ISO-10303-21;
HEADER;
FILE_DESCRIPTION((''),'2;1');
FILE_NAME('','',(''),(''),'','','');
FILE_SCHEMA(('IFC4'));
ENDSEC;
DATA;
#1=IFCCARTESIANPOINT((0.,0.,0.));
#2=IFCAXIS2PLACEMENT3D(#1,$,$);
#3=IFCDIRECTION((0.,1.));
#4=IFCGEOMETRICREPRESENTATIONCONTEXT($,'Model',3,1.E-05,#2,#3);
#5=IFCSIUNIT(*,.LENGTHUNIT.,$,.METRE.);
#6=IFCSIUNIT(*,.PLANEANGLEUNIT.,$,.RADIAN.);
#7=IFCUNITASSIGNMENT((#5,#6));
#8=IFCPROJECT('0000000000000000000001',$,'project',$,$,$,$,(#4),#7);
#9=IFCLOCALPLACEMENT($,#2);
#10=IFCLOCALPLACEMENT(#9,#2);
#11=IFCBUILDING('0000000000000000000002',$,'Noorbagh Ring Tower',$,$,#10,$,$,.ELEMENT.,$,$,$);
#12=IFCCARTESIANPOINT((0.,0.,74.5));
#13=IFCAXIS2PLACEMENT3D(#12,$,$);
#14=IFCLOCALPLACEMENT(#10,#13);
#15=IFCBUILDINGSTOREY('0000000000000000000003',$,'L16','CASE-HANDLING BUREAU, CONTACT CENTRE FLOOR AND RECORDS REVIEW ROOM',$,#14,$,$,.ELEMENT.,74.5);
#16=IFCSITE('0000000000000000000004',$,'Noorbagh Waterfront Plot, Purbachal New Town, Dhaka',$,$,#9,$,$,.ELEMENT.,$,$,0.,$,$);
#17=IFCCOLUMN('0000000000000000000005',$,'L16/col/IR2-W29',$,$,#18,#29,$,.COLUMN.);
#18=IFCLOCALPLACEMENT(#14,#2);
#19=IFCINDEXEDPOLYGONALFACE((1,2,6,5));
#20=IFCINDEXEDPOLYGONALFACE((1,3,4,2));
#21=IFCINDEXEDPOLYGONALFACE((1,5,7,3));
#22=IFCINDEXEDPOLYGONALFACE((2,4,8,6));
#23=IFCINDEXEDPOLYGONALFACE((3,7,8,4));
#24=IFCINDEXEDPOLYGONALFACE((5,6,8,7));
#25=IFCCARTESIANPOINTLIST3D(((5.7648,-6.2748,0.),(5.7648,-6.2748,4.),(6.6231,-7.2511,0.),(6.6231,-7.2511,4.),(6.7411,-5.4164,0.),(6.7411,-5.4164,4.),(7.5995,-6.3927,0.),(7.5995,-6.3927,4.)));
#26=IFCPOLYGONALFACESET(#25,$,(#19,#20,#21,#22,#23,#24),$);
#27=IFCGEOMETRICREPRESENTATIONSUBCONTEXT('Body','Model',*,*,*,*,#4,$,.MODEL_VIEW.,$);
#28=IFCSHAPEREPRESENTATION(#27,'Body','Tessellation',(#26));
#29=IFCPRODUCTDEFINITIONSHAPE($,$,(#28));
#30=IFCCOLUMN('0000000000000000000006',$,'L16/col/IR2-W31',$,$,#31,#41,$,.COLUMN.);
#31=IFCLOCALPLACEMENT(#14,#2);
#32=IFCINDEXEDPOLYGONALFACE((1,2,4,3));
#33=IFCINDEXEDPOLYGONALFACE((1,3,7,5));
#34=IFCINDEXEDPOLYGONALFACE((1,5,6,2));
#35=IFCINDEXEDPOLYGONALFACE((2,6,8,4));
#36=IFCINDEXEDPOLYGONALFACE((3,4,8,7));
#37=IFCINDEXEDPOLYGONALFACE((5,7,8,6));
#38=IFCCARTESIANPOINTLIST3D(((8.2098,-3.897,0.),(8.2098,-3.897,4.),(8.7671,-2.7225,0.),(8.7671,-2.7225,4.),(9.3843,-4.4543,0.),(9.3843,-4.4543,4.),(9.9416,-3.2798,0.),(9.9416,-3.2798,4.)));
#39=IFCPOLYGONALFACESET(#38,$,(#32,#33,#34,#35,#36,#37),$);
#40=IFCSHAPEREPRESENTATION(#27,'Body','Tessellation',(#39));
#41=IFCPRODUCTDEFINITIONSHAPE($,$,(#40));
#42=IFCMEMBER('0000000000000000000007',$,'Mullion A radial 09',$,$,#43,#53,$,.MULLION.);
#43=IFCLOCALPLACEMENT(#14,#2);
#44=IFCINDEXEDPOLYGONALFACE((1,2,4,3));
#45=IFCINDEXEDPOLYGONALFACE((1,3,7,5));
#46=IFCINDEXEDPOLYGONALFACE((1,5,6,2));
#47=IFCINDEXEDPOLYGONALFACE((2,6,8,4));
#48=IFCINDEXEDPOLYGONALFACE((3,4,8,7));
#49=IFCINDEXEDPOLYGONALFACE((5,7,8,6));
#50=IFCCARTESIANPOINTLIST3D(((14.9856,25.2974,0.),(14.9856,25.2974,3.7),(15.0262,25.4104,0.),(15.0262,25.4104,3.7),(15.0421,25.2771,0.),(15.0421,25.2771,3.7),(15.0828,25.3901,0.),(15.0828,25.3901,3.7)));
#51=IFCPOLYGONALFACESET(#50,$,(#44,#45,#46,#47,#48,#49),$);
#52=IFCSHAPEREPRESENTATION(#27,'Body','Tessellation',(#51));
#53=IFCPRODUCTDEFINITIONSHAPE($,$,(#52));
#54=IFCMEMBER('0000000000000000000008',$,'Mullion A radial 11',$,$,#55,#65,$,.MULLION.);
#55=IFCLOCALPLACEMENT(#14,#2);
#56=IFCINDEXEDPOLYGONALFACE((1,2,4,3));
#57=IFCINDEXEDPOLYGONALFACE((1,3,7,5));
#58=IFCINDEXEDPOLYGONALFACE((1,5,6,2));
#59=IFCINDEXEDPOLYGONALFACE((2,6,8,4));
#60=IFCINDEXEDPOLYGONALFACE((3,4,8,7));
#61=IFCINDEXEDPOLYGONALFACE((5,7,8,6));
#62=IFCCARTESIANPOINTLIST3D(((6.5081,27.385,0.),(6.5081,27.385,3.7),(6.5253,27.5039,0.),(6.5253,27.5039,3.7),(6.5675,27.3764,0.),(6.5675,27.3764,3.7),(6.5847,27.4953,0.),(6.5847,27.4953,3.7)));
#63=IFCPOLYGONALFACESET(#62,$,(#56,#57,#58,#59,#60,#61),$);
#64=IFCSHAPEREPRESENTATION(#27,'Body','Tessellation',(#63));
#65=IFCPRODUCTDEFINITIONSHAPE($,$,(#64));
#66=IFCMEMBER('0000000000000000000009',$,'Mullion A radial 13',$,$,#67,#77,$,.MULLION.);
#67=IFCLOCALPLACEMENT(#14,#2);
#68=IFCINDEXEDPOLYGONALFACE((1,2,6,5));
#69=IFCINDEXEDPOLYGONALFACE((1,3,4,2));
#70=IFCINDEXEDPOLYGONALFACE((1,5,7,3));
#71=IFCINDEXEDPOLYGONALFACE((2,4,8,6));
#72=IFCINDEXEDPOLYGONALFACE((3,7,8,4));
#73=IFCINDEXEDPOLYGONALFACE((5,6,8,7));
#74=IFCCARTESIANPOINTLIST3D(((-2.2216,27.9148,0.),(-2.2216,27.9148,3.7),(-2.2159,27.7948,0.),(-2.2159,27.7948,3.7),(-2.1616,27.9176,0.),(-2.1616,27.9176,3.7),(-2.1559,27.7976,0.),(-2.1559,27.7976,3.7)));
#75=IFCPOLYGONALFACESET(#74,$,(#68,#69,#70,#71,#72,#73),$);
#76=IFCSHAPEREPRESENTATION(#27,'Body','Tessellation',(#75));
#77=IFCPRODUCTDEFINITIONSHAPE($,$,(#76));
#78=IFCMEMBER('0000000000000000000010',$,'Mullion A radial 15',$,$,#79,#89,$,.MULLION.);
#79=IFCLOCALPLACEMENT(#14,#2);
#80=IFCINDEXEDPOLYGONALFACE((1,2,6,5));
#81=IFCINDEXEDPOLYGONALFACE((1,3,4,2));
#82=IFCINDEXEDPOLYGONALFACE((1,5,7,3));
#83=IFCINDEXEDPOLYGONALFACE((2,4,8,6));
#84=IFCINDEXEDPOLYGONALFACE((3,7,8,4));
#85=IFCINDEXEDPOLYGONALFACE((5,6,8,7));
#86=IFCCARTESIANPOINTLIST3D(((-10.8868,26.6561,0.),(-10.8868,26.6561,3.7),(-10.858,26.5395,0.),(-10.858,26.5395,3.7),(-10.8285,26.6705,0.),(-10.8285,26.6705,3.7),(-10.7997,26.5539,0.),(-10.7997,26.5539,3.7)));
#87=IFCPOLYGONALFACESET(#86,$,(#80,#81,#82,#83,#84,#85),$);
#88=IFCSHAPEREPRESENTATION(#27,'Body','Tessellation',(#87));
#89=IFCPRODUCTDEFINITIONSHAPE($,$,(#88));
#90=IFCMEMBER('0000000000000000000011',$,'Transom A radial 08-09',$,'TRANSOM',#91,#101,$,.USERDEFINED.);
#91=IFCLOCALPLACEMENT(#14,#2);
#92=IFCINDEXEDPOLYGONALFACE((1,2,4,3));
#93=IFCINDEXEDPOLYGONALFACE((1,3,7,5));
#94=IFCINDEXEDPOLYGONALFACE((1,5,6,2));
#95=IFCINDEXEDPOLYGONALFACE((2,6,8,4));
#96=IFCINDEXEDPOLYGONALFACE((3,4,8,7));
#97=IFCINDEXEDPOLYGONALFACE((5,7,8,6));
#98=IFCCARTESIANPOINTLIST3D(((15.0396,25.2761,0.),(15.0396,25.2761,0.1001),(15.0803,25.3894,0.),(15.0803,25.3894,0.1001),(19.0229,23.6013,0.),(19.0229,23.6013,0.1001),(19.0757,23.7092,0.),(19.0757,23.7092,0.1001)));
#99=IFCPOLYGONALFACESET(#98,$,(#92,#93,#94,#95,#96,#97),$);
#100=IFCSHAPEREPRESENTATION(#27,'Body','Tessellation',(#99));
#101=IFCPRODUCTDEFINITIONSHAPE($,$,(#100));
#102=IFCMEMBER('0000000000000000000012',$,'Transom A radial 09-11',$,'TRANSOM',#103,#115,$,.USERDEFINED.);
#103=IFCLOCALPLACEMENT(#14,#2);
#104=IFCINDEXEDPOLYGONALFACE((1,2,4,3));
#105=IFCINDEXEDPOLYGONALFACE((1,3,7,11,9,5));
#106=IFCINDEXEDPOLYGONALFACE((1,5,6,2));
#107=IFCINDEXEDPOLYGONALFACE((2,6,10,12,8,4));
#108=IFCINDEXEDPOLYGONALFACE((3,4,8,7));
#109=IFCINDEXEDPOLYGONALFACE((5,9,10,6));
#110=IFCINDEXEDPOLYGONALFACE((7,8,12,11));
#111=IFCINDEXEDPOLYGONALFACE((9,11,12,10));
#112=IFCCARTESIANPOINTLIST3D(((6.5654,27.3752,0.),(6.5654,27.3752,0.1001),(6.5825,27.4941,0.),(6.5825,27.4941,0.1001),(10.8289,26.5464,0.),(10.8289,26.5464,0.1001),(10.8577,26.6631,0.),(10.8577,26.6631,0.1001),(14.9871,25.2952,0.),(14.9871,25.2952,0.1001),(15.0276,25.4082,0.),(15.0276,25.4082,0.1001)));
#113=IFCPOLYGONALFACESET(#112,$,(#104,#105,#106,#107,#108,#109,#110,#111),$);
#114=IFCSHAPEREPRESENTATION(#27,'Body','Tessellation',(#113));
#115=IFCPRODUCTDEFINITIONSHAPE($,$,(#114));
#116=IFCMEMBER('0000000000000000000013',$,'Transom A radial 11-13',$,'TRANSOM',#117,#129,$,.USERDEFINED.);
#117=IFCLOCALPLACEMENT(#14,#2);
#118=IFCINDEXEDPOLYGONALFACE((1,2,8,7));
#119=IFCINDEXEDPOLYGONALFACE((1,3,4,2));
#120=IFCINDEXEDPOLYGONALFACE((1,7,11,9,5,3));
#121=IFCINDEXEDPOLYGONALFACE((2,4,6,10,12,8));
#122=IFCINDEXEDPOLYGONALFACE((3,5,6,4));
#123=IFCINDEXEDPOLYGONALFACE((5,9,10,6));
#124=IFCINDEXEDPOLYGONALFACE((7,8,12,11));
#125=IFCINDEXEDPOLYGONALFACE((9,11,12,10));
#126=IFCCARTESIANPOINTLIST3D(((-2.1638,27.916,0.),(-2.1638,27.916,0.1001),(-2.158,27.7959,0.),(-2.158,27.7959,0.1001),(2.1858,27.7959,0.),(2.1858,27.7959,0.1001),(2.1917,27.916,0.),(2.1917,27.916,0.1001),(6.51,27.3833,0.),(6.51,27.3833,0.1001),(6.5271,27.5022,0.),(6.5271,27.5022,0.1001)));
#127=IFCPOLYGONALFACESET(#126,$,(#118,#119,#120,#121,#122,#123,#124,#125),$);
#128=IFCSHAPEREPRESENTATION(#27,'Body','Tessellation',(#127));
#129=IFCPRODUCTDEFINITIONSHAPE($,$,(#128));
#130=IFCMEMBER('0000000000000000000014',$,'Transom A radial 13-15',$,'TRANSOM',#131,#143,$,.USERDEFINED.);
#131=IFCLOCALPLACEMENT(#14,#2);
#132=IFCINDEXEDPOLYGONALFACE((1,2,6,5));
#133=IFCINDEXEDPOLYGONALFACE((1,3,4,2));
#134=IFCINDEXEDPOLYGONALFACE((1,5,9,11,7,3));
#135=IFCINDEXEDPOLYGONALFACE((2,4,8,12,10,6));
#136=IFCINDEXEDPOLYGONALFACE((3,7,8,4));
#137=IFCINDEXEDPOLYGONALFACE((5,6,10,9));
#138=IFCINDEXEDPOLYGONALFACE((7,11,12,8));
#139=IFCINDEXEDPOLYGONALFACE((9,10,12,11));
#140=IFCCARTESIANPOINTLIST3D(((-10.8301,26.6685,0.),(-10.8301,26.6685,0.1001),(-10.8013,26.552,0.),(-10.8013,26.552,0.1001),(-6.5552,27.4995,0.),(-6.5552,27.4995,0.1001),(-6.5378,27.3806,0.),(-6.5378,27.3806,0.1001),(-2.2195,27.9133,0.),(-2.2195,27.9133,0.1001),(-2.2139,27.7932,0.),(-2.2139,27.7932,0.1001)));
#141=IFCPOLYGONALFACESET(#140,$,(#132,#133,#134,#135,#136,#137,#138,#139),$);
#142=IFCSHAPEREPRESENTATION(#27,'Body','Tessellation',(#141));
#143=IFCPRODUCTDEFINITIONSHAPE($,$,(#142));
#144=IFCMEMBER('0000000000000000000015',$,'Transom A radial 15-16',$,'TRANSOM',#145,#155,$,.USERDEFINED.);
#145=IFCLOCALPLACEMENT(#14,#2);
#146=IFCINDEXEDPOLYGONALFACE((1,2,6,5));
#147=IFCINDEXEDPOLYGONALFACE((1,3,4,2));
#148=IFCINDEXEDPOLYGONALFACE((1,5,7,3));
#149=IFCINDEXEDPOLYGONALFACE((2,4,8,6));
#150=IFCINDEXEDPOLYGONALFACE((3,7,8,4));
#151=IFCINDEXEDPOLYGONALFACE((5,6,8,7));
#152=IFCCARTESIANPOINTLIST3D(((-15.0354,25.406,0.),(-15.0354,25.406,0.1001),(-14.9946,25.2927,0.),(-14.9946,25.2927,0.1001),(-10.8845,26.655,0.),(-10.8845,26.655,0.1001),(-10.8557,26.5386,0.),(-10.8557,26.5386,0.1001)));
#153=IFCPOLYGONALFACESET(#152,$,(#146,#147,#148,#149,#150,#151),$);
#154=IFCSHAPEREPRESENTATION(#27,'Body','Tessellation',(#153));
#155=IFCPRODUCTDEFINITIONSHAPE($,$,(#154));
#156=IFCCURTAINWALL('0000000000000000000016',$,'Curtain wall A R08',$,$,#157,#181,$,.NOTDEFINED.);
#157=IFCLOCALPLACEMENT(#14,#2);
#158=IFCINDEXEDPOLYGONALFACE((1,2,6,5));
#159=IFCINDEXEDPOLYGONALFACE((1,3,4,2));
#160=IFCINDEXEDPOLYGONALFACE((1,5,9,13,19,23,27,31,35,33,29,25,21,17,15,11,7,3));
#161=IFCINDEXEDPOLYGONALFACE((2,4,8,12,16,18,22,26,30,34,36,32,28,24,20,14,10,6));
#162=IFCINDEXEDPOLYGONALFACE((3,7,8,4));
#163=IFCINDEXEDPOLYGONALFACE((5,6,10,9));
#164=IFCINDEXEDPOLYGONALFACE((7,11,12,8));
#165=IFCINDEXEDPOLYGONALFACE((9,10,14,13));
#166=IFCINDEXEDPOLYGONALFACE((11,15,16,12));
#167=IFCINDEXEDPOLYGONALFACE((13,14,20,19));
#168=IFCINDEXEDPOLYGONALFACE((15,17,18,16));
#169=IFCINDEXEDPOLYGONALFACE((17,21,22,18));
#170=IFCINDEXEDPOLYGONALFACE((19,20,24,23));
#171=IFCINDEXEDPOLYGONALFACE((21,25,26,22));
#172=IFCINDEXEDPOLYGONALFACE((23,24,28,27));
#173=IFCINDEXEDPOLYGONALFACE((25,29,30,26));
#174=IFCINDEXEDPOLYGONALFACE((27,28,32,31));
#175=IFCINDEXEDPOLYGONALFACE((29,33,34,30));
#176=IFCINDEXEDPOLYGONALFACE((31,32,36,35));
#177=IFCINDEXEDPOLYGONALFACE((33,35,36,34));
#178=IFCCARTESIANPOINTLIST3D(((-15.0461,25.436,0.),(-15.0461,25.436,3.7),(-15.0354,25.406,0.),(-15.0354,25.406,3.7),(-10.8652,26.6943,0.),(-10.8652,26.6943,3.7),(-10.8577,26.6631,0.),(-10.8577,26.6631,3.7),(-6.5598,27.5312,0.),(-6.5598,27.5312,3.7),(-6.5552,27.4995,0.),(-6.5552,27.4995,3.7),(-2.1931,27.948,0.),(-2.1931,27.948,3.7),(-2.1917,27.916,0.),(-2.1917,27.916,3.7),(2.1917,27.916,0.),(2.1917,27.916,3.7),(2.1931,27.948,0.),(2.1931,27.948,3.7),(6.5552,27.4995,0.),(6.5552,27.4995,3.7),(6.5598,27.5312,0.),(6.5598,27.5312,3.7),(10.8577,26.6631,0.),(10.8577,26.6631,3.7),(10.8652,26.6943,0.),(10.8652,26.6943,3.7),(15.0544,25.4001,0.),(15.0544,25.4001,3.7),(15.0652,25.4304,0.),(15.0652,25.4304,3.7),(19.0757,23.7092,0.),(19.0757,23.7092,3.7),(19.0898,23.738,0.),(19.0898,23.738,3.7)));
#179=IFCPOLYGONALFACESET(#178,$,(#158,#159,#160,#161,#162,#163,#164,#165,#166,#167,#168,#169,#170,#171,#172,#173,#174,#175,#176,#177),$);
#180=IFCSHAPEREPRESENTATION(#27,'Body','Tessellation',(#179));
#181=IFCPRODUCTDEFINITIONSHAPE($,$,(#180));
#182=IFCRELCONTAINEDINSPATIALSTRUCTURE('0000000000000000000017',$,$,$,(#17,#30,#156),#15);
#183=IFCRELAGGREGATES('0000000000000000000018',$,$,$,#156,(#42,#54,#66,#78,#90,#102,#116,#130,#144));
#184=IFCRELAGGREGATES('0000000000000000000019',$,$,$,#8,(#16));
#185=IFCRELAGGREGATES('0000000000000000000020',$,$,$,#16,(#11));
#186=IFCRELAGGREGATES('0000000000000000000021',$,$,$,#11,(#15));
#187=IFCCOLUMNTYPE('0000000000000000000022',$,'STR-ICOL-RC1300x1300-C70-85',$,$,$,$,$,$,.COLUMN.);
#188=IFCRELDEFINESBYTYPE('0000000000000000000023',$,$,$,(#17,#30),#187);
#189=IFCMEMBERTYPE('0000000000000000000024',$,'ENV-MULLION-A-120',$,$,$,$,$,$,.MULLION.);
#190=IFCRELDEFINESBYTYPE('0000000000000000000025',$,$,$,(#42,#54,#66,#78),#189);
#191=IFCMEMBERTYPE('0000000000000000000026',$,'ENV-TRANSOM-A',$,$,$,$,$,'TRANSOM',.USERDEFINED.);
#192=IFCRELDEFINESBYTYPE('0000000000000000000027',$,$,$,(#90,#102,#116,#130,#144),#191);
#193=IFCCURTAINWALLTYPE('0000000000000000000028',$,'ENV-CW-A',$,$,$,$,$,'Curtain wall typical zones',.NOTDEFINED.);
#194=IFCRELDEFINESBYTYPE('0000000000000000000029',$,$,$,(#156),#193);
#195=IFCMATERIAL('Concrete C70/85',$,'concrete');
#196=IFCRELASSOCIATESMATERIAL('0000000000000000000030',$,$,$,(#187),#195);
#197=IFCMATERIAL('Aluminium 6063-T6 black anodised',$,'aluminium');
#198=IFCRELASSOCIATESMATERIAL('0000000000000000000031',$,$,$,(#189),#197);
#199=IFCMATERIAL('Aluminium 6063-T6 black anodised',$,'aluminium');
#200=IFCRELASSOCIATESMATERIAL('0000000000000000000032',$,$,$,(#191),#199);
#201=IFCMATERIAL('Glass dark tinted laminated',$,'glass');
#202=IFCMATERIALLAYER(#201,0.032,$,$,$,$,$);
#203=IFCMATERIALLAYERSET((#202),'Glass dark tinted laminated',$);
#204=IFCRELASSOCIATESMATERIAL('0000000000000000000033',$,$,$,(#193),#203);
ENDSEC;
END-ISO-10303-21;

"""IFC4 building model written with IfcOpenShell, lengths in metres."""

from ifc_helpers import new_model, si_unit, direction, frame, origin, origin_2d, place, context, subcontext, project, spatial, polyline, rectangle, outline, extrude, material, layer, layer_set, material_profile, profile_set, type_object, element, aggregate, save


model = new_model("IFC4")

# Units and contexts
model_context = context("Model", 3, precision=1e-05, world=origin(), true_north=direction((0.0, 1.0)))
body_context = subcontext(model_context, "Body", "Model", "MODEL_VIEW")
ifc_project = project(units=[si_unit("LENGTHUNIT", "METRE"), si_unit("PLANEANGLEUNIT", "RADIAN")], contexts=[model_context])

# Site, building, storey
site_placement = place(None, origin())
site = spatial("IfcSite", under=ifc_project, at=site_placement, Name="Noorbagh Waterfront Plot, Purbachal New Town, Dhaka", CompositionType="ELEMENT", RefElevation=0.0)
building_placement = place(site_placement, origin())
building = spatial("IfcBuilding", under=site, at=building_placement, Name="Noorbagh Ring Tower", CompositionType="ELEMENT")
storey_placement = place(building_placement, frame((0.0, 0.0, 74.5)))
storey = spatial("IfcBuildingStorey", under=building, at=storey_placement, Name="L16", Description="CASE-HANDLING BUREAU, CONTACT CENTRE FLOOR AND RECORDS REVIEW ROOM", CompositionType="ELEMENT", Elevation=74.5)

# Columns
ifc_material_1 = material(Name="Concrete C70/85", Category="concrete")
ifc_material_profile_1 = material_profile(ifc_material_1, rectangle(XDim=1.3, YDim=1.3, at=origin_2d()), Name="RC1300x1300")
ifc_profile_set_1 = profile_set([ifc_material_profile_1], Name="Concrete C70/85")
column_type = type_object("IfcColumnType", Name="STR-ICOL-RC1300x1300-C70-85", PredefinedType="COLUMN", material=ifc_profile_set_1)
for number, where, z_axis, x_axis, name in (
    (1, (6.6821, -6.3337, 0.0), (0.0, 0.0, 1.0), (0.751022, 0.660277, 0.0), "L16/col/IR2-W29"),
    (2, (9.0757, -3.5884, 0.0), (0.0, 0.0, 1.0), (0.428667, 0.903463, 0.0), "L16/col/IR2-W31"),
):
    element("IfcColumn", number, at=place(storey_placement, frame(where, z_axis=z_axis, x_axis=x_axis)), inside=storey, type_object=column_type, Name=name, PredefinedType="COLUMN", context=body_context, shape_type="SweptSolid", body=[
        extrude(rectangle(XDim=1.3, YDim=1.3, at=origin_2d()), origin(), (0.0, 0.0, 1.0), 4.0),
    ])

# Members
ifc_material_2 = material(Name="Aluminium 6063-T6 black anodised", Category="aluminium")
ifc_material_profile_2 = material_profile(ifc_material_2, rectangle(XDim=0.1201, YDim=0.0601, at=origin_2d()), Name="120x60")
ifc_profile_set_2 = profile_set([ifc_material_profile_2], Name="Aluminium 6063-T6 black anodised")
member_type_1 = type_object("IfcMemberType", Name="ENV-MULLION-A-120", PredefinedType="MULLION", material=ifc_profile_set_2)
member_1_placement = place(storey_placement, frame((15.0342, 25.3438, 0.0), z_axis=(0.0, 0.0, 1.0), x_axis=(-0.338379, -0.94101, 0.0)))
member_1 = element("IfcMember", 3, at=member_1_placement, type_object=member_type_1, Name="Mullion A radial 09", PredefinedType="MULLION", context=body_context, shape_type="SweptSolid", body=[
    extrude(rectangle(XDim=0.1201, YDim=0.0601, at=origin_2d()), origin(), (0.0, 0.0, 1.0), 3.7),
])
member_2_placement = place(storey_placement, frame((6.5464, 27.4402, 0.0), z_axis=(0.0, 0.0, 1.0), x_axis=(-0.143082, -0.989711, 0.0)))
member_2 = element("IfcMember", 4, at=member_2_placement, type_object=member_type_1, Name="Mullion A radial 11", PredefinedType="MULLION", context=body_context, shape_type="SweptSolid", body=[
    extrude(rectangle(XDim=0.1201, YDim=0.0601, at=origin_2d()), origin(), (0.0, 0.0, 1.0), 3.7),
])
member_3_placement = place(storey_placement, frame((-2.1887, 27.8562, 0.0), z_axis=(0.0, 0.0, 1.0), x_axis=(0.047558, -0.998868, 0.0)))
member_3 = element("IfcMember", 5, at=member_3_placement, type_object=member_type_1, Name="Mullion A radial 13", PredefinedType="MULLION", context=body_context, shape_type="SweptSolid", body=[
    extrude(rectangle(XDim=0.1201, YDim=0.0601, at=origin_2d()), origin(), (0.0, 0.0, 1.0), 3.7),
])
member_4_placement = place(storey_placement, frame((-10.8433, 26.605, 0.0), z_axis=(0.0, 0.0, 1.0), x_axis=(0.239799, -0.970823, 0.0)))
member_4 = element("IfcMember", 6, at=member_4_placement, type_object=member_type_1, Name="Mullion A radial 15", PredefinedType="MULLION", context=body_context, shape_type="SweptSolid", body=[
    extrude(rectangle(XDim=0.1201, YDim=0.0601, at=origin_2d()), origin(), (0.0, 0.0, 1.0), 3.7),
])
ifc_material_3 = material(Name="Aluminium 6063-T6 black anodised", Category="aluminium")
member_type_2 = type_object("IfcMemberType", Name="ENV-TRANSOM-A", ElementType="TRANSOM", PredefinedType="USERDEFINED", material=ifc_material_3)
member_5_placement = place(storey_placement, origin())
member_5 = element("IfcMember", 7, at=member_5_placement, type_object=member_type_2, Name="Transom A radial 08-09", ObjectType="TRANSOM", PredefinedType="USERDEFINED", context=body_context, shape_type="SweptSolid", body=[
    extrude(outline(polyline([(19.0757, 23.7092), (15.0803, 25.3894), (15.0396, 25.2761), (19.0229, 23.6013), (19.0757, 23.7092)])), origin(), (0.0, 0.0, 1.0), 0.1001),
])
member_6_placement = place(storey_placement, origin())
member_6 = element("IfcMember", 8, at=member_6_placement, type_object=member_type_2, Name="Transom A radial 09-11", ObjectType="TRANSOM", PredefinedType="USERDEFINED", context=body_context, shape_type="SweptSolid", body=[
    extrude(outline(polyline([(15.0276, 25.4082), (10.8577, 26.6631), (6.5825, 27.4941), (6.5654, 27.3752), (10.8289, 26.5464), (14.9871, 25.2952), (15.0276, 25.4082)])), origin(), (0.0, 0.0, 1.0), 0.1001),
])
member_7_placement = place(storey_placement, origin())
member_7 = element("IfcMember", 9, at=member_7_placement, type_object=member_type_2, Name="Transom A radial 11-13", ObjectType="TRANSOM", PredefinedType="USERDEFINED", context=body_context, shape_type="SweptSolid", body=[
    extrude(outline(polyline([(6.5271, 27.5022), (2.1917, 27.916), (-2.1638, 27.916), (-2.158, 27.7959), (2.1858, 27.7959), (6.51, 27.3833), (6.5271, 27.5022)])), origin(), (0.0, 0.0, 1.0), 0.1001),
])
member_8_placement = place(storey_placement, origin())
member_8 = element("IfcMember", 10, at=member_8_placement, type_object=member_type_2, Name="Transom A radial 13-15", ObjectType="TRANSOM", PredefinedType="USERDEFINED", context=body_context, shape_type="SweptSolid", body=[
    extrude(outline(polyline([(-2.2195, 27.9133), (-6.5552, 27.4995), (-10.8301, 26.6685), (-10.8013, 26.552), (-6.5378, 27.3806), (-2.2139, 27.7932), (-2.2195, 27.9133)])), origin(), (0.0, 0.0, 1.0), 0.1001),
])
member_9_placement = place(storey_placement, origin())
member_9 = element("IfcMember", 11, at=member_9_placement, type_object=member_type_2, Name="Transom A radial 15-16", ObjectType="TRANSOM", PredefinedType="USERDEFINED", context=body_context, shape_type="SweptSolid", body=[
    extrude(outline(polyline([(-10.8845, 26.655), (-15.0354, 25.406), (-14.9946, 25.2927), (-10.8557, 26.5386), (-10.8845, 26.655)])), origin(), (0.0, 0.0, 1.0), 0.1001),
])

# Curtain wall
ifc_material_4 = material(Name="Glass dark tinted laminated", Category="glass")
ifc_layer_1 = layer(ifc_material_4, 0.032)
ifc_layer_set_1 = layer_set([ifc_layer_1], Name="Glass dark tinted laminated")
curtain_wall_type = type_object("IfcCurtainWallType", Name="ENV-CW-A", ElementType="Curtain wall typical zones", PredefinedType="NOTDEFINED", material=ifc_layer_set_1)
curtain_wall_1_placement = place(storey_placement, origin())
curtain_wall_1 = element("IfcCurtainWall", 12, at=curtain_wall_1_placement, inside=storey, type_object=curtain_wall_type, Name="Curtain wall A R08", PredefinedType="NOTDEFINED", context=body_context, shape_type="SweptSolid", body=[
    extrude(outline(polyline([(19.0898, 23.738), (15.0652, 25.4304), (10.8652, 26.6943), (6.5598, 27.5312), (2.1931, 27.948), (-2.1931, 27.948), (-6.5598, 27.5312), (-10.8652, 26.6943), (-15.0461, 25.436), (-15.0354, 25.406), (-10.8577, 26.6631), (-6.5552, 27.4995), (-2.1917, 27.916), (2.1917, 27.916), (6.5552, 27.4995), (10.8577, 26.6631), (15.0544, 25.4001), (19.0757, 23.7092), (19.0898, 23.738)])), origin(), (0.0, 0.0, 1.0), 3.7),
])
aggregate(curtain_wall_1, [member_1, member_2, member_3, member_4, member_5, member_6, member_7, member_8, member_9])

save(model, "model.ifc")
